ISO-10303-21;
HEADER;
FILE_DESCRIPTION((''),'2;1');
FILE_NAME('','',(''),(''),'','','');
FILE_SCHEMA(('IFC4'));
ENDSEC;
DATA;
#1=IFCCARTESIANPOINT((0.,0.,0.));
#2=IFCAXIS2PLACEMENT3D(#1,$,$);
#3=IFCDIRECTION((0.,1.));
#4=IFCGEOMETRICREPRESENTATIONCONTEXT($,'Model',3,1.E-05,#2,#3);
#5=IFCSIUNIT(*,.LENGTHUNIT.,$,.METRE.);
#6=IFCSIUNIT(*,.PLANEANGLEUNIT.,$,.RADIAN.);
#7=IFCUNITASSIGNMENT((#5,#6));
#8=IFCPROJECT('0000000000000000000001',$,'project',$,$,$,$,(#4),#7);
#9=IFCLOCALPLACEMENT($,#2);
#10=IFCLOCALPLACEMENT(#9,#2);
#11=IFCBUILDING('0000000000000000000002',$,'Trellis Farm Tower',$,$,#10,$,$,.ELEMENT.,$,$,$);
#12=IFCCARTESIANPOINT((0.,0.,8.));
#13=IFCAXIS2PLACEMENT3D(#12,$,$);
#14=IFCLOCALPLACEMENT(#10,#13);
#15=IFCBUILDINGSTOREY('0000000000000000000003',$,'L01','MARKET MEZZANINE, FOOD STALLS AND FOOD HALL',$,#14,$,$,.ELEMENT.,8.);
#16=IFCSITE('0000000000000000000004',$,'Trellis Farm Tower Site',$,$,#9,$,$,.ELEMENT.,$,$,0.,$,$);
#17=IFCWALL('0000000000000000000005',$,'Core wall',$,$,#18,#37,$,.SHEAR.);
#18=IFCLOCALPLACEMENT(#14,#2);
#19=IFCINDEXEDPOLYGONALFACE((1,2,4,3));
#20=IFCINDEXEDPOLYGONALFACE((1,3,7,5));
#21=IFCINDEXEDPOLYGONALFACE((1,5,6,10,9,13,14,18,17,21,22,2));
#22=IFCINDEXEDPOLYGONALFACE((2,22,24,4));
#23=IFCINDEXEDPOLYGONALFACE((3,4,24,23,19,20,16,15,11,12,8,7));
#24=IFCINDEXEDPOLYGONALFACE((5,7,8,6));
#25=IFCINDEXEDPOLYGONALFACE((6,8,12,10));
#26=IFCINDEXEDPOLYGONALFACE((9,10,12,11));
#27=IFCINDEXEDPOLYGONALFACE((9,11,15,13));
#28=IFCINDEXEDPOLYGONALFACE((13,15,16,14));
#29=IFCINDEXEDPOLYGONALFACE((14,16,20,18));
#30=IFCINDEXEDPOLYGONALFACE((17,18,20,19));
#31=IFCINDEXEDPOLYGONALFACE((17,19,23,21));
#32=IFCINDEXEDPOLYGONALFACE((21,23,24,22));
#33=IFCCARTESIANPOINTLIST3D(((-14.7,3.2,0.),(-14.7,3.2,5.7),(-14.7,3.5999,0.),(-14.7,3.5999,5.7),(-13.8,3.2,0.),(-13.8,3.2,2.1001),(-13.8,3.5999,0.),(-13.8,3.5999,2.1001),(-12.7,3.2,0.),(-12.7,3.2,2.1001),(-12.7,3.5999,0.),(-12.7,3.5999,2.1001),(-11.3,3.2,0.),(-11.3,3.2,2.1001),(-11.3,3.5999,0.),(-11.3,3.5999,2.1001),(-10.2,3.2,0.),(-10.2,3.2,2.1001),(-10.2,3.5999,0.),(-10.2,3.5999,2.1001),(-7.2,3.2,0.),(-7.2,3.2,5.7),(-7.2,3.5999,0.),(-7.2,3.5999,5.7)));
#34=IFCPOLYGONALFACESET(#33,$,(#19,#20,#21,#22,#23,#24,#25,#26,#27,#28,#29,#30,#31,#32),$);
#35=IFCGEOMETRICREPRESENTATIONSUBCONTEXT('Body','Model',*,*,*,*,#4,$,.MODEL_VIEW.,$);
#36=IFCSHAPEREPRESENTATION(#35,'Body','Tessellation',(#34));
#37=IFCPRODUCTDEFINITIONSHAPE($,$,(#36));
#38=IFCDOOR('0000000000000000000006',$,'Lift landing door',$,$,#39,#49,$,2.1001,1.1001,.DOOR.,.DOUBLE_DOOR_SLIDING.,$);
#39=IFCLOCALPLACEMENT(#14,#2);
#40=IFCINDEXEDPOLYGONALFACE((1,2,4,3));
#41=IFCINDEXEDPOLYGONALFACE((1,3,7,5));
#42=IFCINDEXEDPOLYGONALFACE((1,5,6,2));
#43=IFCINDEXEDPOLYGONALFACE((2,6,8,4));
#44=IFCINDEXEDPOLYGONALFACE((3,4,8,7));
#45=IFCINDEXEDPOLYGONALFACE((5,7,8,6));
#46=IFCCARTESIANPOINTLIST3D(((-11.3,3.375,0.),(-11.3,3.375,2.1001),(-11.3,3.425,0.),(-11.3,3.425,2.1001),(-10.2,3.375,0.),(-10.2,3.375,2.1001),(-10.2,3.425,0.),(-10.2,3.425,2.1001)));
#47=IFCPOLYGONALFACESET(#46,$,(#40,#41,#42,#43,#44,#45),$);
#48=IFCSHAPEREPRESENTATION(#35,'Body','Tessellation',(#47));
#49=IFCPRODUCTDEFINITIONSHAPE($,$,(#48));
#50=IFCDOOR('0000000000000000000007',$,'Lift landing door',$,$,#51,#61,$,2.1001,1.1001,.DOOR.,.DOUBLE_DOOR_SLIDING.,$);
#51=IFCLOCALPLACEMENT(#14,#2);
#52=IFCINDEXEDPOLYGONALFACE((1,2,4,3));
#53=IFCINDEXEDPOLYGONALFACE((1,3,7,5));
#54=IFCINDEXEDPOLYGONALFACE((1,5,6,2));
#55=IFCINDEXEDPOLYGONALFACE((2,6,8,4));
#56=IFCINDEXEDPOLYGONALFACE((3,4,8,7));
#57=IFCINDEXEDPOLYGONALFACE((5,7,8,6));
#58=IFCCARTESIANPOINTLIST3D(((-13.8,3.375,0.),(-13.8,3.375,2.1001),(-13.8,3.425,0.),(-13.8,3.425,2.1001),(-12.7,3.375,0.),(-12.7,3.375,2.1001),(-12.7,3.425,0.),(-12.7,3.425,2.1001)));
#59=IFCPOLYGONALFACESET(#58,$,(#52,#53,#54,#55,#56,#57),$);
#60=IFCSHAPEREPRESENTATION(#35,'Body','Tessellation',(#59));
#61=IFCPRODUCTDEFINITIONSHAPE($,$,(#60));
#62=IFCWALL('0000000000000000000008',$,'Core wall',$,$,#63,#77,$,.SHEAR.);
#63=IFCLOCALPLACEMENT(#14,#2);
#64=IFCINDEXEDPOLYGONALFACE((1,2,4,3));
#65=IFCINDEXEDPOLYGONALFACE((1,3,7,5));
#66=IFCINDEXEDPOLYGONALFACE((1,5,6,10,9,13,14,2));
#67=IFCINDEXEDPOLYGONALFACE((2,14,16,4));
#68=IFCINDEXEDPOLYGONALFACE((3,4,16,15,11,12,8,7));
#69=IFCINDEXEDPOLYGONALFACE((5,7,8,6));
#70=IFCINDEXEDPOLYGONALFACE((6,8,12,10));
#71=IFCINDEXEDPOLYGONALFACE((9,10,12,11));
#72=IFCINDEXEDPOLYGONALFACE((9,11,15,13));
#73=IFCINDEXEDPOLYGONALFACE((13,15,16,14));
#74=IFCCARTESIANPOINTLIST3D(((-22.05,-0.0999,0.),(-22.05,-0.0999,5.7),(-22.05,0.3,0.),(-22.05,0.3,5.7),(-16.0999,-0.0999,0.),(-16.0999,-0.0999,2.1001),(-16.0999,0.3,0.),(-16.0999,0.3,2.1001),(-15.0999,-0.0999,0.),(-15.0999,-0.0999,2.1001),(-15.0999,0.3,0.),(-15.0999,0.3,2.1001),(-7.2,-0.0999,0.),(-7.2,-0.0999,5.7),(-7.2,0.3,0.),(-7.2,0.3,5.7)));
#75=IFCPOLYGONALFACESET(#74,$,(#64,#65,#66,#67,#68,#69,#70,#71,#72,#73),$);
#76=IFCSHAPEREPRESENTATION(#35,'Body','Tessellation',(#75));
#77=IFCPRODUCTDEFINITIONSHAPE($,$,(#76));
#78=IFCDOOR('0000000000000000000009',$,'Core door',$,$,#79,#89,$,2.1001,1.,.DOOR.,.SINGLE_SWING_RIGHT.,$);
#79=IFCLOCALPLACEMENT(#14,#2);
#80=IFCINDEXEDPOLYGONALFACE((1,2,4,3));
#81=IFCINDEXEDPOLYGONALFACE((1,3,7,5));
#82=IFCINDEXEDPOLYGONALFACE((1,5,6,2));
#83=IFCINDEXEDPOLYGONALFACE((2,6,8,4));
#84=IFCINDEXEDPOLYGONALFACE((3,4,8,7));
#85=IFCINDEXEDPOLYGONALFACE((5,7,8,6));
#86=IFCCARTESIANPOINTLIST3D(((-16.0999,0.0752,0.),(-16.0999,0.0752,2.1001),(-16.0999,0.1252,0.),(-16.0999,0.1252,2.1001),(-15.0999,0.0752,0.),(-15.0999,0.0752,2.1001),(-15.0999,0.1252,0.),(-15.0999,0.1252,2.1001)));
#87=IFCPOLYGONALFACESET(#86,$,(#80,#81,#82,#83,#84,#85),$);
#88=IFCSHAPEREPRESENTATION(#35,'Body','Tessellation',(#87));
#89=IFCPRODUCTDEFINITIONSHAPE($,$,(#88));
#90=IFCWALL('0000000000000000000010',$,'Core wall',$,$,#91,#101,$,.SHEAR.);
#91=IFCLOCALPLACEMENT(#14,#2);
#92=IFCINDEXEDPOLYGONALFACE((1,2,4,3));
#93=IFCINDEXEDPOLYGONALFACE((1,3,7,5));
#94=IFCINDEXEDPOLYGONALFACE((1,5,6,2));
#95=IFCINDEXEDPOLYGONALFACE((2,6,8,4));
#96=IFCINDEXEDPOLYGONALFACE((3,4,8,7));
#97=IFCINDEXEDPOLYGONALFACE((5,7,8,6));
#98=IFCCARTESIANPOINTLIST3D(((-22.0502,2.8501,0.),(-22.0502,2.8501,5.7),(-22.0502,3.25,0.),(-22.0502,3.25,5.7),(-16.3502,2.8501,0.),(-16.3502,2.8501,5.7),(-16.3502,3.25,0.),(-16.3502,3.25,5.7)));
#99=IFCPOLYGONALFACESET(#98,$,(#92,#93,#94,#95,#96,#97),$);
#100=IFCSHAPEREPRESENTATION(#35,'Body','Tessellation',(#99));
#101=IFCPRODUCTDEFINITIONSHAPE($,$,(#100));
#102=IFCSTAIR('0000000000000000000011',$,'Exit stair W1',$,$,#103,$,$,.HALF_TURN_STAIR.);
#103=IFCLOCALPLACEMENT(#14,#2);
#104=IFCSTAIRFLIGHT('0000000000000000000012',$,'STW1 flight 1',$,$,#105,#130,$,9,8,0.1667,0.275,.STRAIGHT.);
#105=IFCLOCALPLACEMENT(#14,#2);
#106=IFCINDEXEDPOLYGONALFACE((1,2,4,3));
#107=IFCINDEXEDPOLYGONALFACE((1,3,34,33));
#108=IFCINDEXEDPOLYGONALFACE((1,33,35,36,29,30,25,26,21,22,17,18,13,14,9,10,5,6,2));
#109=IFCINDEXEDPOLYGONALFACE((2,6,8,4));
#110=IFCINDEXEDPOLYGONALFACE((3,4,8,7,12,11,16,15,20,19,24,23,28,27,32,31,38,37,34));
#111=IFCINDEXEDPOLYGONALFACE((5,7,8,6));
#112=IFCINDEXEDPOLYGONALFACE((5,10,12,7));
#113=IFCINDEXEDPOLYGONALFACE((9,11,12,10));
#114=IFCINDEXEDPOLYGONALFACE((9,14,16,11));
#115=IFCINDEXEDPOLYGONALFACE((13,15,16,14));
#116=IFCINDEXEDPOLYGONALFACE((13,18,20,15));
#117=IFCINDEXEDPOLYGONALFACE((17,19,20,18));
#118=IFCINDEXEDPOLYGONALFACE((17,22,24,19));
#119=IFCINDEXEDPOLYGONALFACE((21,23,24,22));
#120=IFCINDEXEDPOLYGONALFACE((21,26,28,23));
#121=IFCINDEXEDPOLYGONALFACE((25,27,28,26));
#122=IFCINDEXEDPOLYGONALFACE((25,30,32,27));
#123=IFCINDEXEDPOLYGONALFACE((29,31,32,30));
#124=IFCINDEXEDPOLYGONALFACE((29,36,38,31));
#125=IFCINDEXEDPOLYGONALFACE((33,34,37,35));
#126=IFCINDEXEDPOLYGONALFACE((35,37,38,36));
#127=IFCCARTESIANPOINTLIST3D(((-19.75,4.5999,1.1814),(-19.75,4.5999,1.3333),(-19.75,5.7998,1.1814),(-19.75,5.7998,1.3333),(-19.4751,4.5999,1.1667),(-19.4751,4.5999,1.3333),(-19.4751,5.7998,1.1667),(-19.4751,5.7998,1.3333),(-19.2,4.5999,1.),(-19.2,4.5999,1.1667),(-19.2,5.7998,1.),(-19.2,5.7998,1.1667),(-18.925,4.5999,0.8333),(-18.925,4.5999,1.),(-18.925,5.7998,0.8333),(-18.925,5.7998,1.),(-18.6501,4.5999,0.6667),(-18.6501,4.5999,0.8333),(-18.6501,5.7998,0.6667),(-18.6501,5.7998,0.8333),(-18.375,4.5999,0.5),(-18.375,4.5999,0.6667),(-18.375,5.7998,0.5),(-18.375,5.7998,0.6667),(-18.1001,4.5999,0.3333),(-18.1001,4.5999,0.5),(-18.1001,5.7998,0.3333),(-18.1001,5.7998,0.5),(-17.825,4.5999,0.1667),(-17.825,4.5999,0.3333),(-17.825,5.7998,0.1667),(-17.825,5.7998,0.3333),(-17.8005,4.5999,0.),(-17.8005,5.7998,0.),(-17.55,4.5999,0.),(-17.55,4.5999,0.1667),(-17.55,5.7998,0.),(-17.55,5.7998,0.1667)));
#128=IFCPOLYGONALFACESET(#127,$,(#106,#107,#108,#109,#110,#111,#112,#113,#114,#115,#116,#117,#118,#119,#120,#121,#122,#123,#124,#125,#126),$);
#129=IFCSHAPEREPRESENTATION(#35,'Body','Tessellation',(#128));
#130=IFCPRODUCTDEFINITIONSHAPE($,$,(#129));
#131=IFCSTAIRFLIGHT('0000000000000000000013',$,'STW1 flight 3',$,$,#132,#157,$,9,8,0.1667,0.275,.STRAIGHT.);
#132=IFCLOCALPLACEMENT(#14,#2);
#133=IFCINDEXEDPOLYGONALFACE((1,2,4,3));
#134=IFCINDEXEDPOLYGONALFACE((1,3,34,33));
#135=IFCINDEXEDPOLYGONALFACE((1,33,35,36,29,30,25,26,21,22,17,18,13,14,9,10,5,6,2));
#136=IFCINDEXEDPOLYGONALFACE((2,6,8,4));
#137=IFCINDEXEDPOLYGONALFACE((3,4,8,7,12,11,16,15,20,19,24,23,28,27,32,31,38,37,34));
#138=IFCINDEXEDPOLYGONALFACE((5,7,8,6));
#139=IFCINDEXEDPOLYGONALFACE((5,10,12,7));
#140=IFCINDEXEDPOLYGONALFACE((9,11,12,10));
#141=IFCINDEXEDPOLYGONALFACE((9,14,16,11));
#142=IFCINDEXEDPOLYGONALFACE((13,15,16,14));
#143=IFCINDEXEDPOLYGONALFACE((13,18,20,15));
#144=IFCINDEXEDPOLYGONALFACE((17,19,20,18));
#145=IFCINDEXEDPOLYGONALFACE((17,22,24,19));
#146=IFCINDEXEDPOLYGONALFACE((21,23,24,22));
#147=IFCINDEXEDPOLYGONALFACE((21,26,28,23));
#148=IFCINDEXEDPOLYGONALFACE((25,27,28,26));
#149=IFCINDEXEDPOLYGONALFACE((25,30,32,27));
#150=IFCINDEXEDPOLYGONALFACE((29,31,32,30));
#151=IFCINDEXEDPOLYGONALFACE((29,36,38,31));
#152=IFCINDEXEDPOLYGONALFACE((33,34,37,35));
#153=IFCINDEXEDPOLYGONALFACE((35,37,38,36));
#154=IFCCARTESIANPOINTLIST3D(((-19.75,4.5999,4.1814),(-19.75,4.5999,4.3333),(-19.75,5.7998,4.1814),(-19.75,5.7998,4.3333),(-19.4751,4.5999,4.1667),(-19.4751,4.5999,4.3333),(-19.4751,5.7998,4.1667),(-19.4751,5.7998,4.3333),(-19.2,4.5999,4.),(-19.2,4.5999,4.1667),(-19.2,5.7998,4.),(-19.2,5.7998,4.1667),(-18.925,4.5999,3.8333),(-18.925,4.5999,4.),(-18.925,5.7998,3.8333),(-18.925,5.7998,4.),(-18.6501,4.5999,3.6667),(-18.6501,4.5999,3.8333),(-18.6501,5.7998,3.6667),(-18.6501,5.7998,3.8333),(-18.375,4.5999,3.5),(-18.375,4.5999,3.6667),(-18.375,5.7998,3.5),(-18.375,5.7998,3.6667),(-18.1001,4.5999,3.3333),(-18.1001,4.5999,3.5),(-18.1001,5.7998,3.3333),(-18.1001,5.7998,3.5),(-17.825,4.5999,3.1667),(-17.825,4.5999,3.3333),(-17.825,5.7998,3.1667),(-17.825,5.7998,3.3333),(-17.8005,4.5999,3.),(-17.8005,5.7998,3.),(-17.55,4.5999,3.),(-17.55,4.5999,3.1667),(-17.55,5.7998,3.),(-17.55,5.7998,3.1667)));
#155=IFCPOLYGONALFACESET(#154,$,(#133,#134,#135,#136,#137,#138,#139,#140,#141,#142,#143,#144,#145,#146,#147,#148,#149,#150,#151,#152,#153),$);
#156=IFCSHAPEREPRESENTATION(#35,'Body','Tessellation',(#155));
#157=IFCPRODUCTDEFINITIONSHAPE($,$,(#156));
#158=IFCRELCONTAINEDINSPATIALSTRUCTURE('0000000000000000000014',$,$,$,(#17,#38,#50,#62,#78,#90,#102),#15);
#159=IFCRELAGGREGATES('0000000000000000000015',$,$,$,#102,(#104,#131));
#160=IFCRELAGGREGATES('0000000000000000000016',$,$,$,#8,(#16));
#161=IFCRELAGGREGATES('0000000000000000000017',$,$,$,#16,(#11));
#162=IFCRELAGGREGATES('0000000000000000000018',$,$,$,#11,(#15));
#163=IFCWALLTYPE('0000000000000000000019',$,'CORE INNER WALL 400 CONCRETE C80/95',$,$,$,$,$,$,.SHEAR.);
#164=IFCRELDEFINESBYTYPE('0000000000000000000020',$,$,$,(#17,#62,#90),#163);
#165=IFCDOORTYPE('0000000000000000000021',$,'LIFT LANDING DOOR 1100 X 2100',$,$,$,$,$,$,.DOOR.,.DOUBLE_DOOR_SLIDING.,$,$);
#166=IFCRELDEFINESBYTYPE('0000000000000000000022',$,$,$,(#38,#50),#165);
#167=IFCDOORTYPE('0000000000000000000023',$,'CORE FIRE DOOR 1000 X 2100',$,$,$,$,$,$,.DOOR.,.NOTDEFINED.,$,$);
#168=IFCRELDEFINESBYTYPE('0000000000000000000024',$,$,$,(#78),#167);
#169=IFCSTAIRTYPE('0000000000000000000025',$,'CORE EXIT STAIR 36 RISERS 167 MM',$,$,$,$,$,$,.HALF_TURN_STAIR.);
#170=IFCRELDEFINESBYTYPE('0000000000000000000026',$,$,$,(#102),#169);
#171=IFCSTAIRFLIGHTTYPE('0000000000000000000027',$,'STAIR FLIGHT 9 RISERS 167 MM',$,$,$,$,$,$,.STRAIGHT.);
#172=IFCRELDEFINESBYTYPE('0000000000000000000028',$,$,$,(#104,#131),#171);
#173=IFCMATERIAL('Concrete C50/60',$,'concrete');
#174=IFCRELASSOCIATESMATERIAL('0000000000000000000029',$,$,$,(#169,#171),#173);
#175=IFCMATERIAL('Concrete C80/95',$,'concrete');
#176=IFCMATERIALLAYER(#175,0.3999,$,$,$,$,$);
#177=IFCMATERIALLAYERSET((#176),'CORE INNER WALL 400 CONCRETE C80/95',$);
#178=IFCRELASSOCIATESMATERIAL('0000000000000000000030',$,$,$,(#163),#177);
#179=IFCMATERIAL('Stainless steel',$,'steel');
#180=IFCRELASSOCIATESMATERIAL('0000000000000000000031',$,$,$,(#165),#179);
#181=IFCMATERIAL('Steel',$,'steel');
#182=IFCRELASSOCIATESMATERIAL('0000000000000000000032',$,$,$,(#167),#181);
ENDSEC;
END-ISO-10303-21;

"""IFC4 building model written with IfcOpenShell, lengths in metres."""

from ifc_helpers import new_model, si_unit, direction, frame, frame_2d, origin, place, context, subcontext, project, spatial, polyline, rectangle, outline, extrude, source, transform, mapped, material, layer, layer_set, type_object, element, fill, aggregate, save


model = new_model("IFC4")

# Units and contexts
model_context = context("Model", 3, precision=1e-05, world=origin(), true_north=direction((0.0, 1.0)))
body_context = subcontext(model_context, "Body", "Model", "MODEL_VIEW")
ifc_project = project(units=[si_unit("LENGTHUNIT", "METRE"), si_unit("PLANEANGLEUNIT", "RADIAN")], contexts=[model_context])

# Site, building, storey
site_placement = place(None, origin())
site = spatial("IfcSite", under=ifc_project, at=site_placement, Name="Trellis Farm Tower Site", CompositionType="ELEMENT", RefElevation=0.0)
building_placement = place(site_placement, origin())
building = spatial("IfcBuilding", under=site, at=building_placement, Name="Trellis Farm Tower", CompositionType="ELEMENT")
storey_placement = place(building_placement, frame((0.0, 0.0, 8.0)))
storey = spatial("IfcBuildingStorey", under=building, at=storey_placement, Name="L01", Description="MARKET MEZZANINE, FOOD STALLS AND FOOD HALL", CompositionType="ELEMENT", Elevation=8.0)

# Shared definitions
ifc_material_1 = material(Name="Concrete C80/95", Category="concrete")

# Shared definitions
ifc_material_2 = material(Name="Concrete C50/60", Category="concrete")
placement_1 = place(storey_placement, origin())
stair_type_1 = type_object("IfcStairType", Name="CORE EXIT STAIR 36 RISERS 167 MM", PredefinedType="HALF_TURN_STAIR", material=ifc_material_2)

# Wall, openings, doors
ifc_layer_1 = layer(ifc_material_1, 0.3999)
ifc_layer_set_1 = layer_set([ifc_layer_1], Name="CORE INNER WALL 400 CONCRETE C80/95")
wall_type = type_object("IfcWallType", Name="CORE INNER WALL 400 CONCRETE C80/95", PredefinedType="SHEAR", material=ifc_layer_set_1)
shared_shape_1 = source(origin(), body_context, "Body", "SweptSolid", [
    extrude(rectangle(XDim=7.5, YDim=0.3999, at=frame_2d((3.75, 0.0))), origin(), (0.0, 0.0, 1.0), 5.7),
])
wall_1_placement = place(storey_placement, frame((-7.2, 3.3999, 0.0), z_axis=(0.0, 0.0, 1.0), x_axis=(-1.0, 0.0, 0.0)))
wall_1 = element("IfcWall", 1, at=wall_1_placement, inside=storey, type_object=wall_type, Name="Core wall", PredefinedType="SHEAR", context=body_context, shape_type="MappedRepresentation", body=[
    mapped(shared_shape_1, transform((0.0, 0.0, 0.0))),
])
shared_shape_2 = source(origin(), body_context, "Body", "SweptSolid", [
    extrude(rectangle(XDim=1.1001, YDim=2.1001, at=frame_2d((0.55, 1.05))), frame((0.0, 0.21, 0.0), z_axis=(0.0, -1.0, 0.0), x_axis=(1.0, 0.0, 0.0)), (0.0, 0.0, 1.0), 0.4199),
])
opening_1_placement = place(wall_1_placement, frame((3.0, 0.0, 0.0)))
opening_1 = element("IfcOpeningElement", 2, at=opening_1_placement, cuts=wall_1, PredefinedType="OPENING", context=body_context, shape_type="MappedRepresentation", body=[
    mapped(shared_shape_2, transform((0.0, 0.0, 0.0))),
])
opening_2_placement = place(wall_1_placement, frame((5.5, 0.0, 0.0)))
opening_2 = element("IfcOpeningElement", 3, at=opening_2_placement, cuts=wall_1, PredefinedType="OPENING", context=body_context, shape_type="MappedRepresentation", body=[
    mapped(shared_shape_2, transform((0.0, 0.0, 0.0))),
])
ifc_material_3 = material(Name="Stainless steel", Category="steel")
door_type_1 = type_object("IfcDoorType", Name="LIFT LANDING DOOR 1100 X 2100", OperationType="DOUBLE_DOOR_SLIDING", PredefinedType="DOOR", material=ifc_material_3)
shared_shape_3 = source(origin(), body_context, "Body", "SweptSolid", [
    extrude(rectangle(XDim=1.1001, YDim=2.1001, at=frame_2d((0.55, 1.05))), frame((0.0, 0.0249, 0.0), z_axis=(0.0, -1.0, 0.0), x_axis=(1.0, 0.0, 0.0)), (0.0, 0.0, 1.0), 0.05),
])
door_1_placement = place(opening_1_placement, origin())
door_1 = element("IfcDoor", 4, at=door_1_placement, inside=storey, type_object=door_type_1, Name="Lift landing door", OperationType="DOUBLE_DOOR_SLIDING", OverallHeight=2.1001, OverallWidth=1.1001, PredefinedType="DOOR", context=body_context, shape_type="MappedRepresentation", body=[
    mapped(shared_shape_3, transform((0.0, 0.0, 0.0))),
])
fill(opening_1, door_1)
door_2_placement = place(opening_2_placement, origin())
door_2 = element("IfcDoor", 5, at=door_2_placement, inside=storey, type_object=door_type_1, Name="Lift landing door", OperationType="DOUBLE_DOOR_SLIDING", OverallHeight=2.1001, OverallWidth=1.1001, PredefinedType="DOOR", context=body_context, shape_type="MappedRepresentation", body=[
    mapped(shared_shape_3, transform((0.0, 0.0, 0.0))),
])
fill(opening_2, door_2)

# Wall, opening, door
shared_shape_4 = source(origin(), body_context, "Body", "SweptSolid", [
    extrude(rectangle(XDim=14.8501, YDim=0.3999, at=frame_2d((7.425, 0.0))), origin(), (0.0, 0.0, 1.0), 5.7),
])
wall_2_placement = place(storey_placement, frame((-7.2, 0.1001, 0.0), z_axis=(0.0, 0.0, 1.0), x_axis=(-1.0, 0.0, 0.0)))
wall_2 = element("IfcWall", 6, at=wall_2_placement, inside=storey, type_object=wall_type, Name="Core wall", PredefinedType="SHEAR", context=body_context, shape_type="MappedRepresentation", body=[
    mapped(shared_shape_4, transform((0.0, 0.0, 0.0))),
])
shared_shape_5 = source(origin(), body_context, "Body", "SweptSolid", [
    extrude(rectangle(XDim=1.0, YDim=2.1001, at=frame_2d((0.5, 1.05))), frame((0.0, 0.21, 0.0), z_axis=(0.0, -1.0, 0.0), x_axis=(1.0, 0.0, 0.0)), (0.0, 0.0, 1.0), 0.4199),
])
opening_3_placement = place(wall_2_placement, frame((7.8999, 0.0, 0.0)))
opening_3 = element("IfcOpeningElement", 7, at=opening_3_placement, cuts=wall_2, PredefinedType="OPENING", context=body_context, shape_type="MappedRepresentation", body=[
    mapped(shared_shape_5, transform((0.0, 0.0, 0.0))),
])
ifc_material_4 = material(Name="Steel", Category="steel")
door_type_2 = type_object("IfcDoorType", Name="CORE FIRE DOOR 1000 X 2100", OperationType="NOTDEFINED", PredefinedType="DOOR", material=ifc_material_4)
shared_shape_6 = source(origin(), body_context, "Body", "SweptSolid", [
    extrude(rectangle(XDim=1.0, YDim=2.1001, at=frame_2d((0.5, 1.05))), frame((0.0, 0.0249, 0.0), z_axis=(0.0, -1.0, 0.0), x_axis=(1.0, 0.0, 0.0)), (0.0, 0.0, 1.0), 0.05),
])
door_3_placement = place(opening_3_placement, origin())
door_3 = element("IfcDoor", 8, at=door_3_placement, inside=storey, type_object=door_type_2, Name="Core door", OperationType="SINGLE_SWING_RIGHT", OverallHeight=2.1001, OverallWidth=1.0, PredefinedType="DOOR", context=body_context, shape_type="MappedRepresentation", body=[
    mapped(shared_shape_6, transform((0.0, 0.0, 0.0))),
])
fill(opening_3, door_3)

# Wall
shared_shape_7 = source(origin(), body_context, "Body", "SweptSolid", [
    extrude(rectangle(XDim=5.7, YDim=0.3999, at=frame_2d((2.8501, 0.0))), origin(), (0.0, 0.0, 1.0), 5.7),
])
wall_3_placement = place(storey_placement, frame((-16.3501, 3.05, 0.0), z_axis=(0.0, 0.0, 1.0), x_axis=(-1.0, 0.0, 0.0)))
element("IfcWall", 9, at=wall_3_placement, inside=storey, type_object=wall_type, Name="Core wall", PredefinedType="SHEAR", context=body_context, shape_type="MappedRepresentation", body=[
    mapped(shared_shape_7, transform((0.0, 0.0, 0.0))),
])

# Stair, stair flights
stair_1 = element("IfcStair", 10, at=placement_1, inside=storey, type_object=stair_type_1, Name="Exit stair W1", PredefinedType="HALF_TURN_STAIR")
stair_flight_type = type_object("IfcStairFlightType", Name="STAIR FLIGHT 9 RISERS 167 MM", PredefinedType="STRAIGHT", material=ifc_material_2)
shared_shape_8 = source(origin(), body_context, "Body", "SweptSolid", [
    extrude(outline(polyline([(0.0, 0.0), (0.0, 0.1667), (0.2749, 0.1667), (0.2749, 0.3333), (0.55, 0.3333), (0.55, 0.5), (0.825, 0.5), (0.825, 0.6667), (1.1001, 0.6667), (1.1001, 0.8333), (1.375, 0.8333), (1.375, 1.0), (1.6499, 1.0), (1.6499, 1.1667), (1.925, 1.1667), (1.925, 1.3333), (2.2, 1.3333), (2.2, 1.5), (2.2, 1.1814), (0.2505, 0.0), (0.0, 0.0)])), frame((0.0, 0.6001, 0.0), z_axis=(0.0, -1.0, 0.0), x_axis=(1.0, 0.0, 0.0)), (0.0, 0.0, 1.0), 1.2),
])
stair_flight_1_placement = place(storey_placement, frame((-17.55, 5.2, 0.0), z_axis=(0.0, 0.0, 1.0), x_axis=(-1.0, 0.0, 0.0)))
stair_flight_1 = element("IfcStairFlight", 11, at=stair_flight_1_placement, type_object=stair_flight_type, Name="STW1 flight 1", NumberOfRisers=9, NumberOfTreads=8, PredefinedType="STRAIGHT", RiserHeight=0.1667, TreadLength=0.275, context=body_context, shape_type="MappedRepresentation", body=[
    mapped(shared_shape_8, transform((0.0, 0.0, 0.0))),
])
stair_flight_2_placement = place(storey_placement, frame((-17.55, 5.2, 3.0), z_axis=(0.0, 0.0, 1.0), x_axis=(-1.0, 0.0, 0.0)))
stair_flight_2 = element("IfcStairFlight", 12, at=stair_flight_2_placement, type_object=stair_flight_type, Name="STW1 flight 3", NumberOfRisers=9, NumberOfTreads=8, PredefinedType="STRAIGHT", RiserHeight=0.1667, TreadLength=0.275, context=body_context, shape_type="MappedRepresentation", body=[
    mapped(shared_shape_8, transform((0.0, 0.0, 0.0))),
])
aggregate(stair_1, [stair_flight_1, stair_flight_2])

save(model, "model.ifc")
